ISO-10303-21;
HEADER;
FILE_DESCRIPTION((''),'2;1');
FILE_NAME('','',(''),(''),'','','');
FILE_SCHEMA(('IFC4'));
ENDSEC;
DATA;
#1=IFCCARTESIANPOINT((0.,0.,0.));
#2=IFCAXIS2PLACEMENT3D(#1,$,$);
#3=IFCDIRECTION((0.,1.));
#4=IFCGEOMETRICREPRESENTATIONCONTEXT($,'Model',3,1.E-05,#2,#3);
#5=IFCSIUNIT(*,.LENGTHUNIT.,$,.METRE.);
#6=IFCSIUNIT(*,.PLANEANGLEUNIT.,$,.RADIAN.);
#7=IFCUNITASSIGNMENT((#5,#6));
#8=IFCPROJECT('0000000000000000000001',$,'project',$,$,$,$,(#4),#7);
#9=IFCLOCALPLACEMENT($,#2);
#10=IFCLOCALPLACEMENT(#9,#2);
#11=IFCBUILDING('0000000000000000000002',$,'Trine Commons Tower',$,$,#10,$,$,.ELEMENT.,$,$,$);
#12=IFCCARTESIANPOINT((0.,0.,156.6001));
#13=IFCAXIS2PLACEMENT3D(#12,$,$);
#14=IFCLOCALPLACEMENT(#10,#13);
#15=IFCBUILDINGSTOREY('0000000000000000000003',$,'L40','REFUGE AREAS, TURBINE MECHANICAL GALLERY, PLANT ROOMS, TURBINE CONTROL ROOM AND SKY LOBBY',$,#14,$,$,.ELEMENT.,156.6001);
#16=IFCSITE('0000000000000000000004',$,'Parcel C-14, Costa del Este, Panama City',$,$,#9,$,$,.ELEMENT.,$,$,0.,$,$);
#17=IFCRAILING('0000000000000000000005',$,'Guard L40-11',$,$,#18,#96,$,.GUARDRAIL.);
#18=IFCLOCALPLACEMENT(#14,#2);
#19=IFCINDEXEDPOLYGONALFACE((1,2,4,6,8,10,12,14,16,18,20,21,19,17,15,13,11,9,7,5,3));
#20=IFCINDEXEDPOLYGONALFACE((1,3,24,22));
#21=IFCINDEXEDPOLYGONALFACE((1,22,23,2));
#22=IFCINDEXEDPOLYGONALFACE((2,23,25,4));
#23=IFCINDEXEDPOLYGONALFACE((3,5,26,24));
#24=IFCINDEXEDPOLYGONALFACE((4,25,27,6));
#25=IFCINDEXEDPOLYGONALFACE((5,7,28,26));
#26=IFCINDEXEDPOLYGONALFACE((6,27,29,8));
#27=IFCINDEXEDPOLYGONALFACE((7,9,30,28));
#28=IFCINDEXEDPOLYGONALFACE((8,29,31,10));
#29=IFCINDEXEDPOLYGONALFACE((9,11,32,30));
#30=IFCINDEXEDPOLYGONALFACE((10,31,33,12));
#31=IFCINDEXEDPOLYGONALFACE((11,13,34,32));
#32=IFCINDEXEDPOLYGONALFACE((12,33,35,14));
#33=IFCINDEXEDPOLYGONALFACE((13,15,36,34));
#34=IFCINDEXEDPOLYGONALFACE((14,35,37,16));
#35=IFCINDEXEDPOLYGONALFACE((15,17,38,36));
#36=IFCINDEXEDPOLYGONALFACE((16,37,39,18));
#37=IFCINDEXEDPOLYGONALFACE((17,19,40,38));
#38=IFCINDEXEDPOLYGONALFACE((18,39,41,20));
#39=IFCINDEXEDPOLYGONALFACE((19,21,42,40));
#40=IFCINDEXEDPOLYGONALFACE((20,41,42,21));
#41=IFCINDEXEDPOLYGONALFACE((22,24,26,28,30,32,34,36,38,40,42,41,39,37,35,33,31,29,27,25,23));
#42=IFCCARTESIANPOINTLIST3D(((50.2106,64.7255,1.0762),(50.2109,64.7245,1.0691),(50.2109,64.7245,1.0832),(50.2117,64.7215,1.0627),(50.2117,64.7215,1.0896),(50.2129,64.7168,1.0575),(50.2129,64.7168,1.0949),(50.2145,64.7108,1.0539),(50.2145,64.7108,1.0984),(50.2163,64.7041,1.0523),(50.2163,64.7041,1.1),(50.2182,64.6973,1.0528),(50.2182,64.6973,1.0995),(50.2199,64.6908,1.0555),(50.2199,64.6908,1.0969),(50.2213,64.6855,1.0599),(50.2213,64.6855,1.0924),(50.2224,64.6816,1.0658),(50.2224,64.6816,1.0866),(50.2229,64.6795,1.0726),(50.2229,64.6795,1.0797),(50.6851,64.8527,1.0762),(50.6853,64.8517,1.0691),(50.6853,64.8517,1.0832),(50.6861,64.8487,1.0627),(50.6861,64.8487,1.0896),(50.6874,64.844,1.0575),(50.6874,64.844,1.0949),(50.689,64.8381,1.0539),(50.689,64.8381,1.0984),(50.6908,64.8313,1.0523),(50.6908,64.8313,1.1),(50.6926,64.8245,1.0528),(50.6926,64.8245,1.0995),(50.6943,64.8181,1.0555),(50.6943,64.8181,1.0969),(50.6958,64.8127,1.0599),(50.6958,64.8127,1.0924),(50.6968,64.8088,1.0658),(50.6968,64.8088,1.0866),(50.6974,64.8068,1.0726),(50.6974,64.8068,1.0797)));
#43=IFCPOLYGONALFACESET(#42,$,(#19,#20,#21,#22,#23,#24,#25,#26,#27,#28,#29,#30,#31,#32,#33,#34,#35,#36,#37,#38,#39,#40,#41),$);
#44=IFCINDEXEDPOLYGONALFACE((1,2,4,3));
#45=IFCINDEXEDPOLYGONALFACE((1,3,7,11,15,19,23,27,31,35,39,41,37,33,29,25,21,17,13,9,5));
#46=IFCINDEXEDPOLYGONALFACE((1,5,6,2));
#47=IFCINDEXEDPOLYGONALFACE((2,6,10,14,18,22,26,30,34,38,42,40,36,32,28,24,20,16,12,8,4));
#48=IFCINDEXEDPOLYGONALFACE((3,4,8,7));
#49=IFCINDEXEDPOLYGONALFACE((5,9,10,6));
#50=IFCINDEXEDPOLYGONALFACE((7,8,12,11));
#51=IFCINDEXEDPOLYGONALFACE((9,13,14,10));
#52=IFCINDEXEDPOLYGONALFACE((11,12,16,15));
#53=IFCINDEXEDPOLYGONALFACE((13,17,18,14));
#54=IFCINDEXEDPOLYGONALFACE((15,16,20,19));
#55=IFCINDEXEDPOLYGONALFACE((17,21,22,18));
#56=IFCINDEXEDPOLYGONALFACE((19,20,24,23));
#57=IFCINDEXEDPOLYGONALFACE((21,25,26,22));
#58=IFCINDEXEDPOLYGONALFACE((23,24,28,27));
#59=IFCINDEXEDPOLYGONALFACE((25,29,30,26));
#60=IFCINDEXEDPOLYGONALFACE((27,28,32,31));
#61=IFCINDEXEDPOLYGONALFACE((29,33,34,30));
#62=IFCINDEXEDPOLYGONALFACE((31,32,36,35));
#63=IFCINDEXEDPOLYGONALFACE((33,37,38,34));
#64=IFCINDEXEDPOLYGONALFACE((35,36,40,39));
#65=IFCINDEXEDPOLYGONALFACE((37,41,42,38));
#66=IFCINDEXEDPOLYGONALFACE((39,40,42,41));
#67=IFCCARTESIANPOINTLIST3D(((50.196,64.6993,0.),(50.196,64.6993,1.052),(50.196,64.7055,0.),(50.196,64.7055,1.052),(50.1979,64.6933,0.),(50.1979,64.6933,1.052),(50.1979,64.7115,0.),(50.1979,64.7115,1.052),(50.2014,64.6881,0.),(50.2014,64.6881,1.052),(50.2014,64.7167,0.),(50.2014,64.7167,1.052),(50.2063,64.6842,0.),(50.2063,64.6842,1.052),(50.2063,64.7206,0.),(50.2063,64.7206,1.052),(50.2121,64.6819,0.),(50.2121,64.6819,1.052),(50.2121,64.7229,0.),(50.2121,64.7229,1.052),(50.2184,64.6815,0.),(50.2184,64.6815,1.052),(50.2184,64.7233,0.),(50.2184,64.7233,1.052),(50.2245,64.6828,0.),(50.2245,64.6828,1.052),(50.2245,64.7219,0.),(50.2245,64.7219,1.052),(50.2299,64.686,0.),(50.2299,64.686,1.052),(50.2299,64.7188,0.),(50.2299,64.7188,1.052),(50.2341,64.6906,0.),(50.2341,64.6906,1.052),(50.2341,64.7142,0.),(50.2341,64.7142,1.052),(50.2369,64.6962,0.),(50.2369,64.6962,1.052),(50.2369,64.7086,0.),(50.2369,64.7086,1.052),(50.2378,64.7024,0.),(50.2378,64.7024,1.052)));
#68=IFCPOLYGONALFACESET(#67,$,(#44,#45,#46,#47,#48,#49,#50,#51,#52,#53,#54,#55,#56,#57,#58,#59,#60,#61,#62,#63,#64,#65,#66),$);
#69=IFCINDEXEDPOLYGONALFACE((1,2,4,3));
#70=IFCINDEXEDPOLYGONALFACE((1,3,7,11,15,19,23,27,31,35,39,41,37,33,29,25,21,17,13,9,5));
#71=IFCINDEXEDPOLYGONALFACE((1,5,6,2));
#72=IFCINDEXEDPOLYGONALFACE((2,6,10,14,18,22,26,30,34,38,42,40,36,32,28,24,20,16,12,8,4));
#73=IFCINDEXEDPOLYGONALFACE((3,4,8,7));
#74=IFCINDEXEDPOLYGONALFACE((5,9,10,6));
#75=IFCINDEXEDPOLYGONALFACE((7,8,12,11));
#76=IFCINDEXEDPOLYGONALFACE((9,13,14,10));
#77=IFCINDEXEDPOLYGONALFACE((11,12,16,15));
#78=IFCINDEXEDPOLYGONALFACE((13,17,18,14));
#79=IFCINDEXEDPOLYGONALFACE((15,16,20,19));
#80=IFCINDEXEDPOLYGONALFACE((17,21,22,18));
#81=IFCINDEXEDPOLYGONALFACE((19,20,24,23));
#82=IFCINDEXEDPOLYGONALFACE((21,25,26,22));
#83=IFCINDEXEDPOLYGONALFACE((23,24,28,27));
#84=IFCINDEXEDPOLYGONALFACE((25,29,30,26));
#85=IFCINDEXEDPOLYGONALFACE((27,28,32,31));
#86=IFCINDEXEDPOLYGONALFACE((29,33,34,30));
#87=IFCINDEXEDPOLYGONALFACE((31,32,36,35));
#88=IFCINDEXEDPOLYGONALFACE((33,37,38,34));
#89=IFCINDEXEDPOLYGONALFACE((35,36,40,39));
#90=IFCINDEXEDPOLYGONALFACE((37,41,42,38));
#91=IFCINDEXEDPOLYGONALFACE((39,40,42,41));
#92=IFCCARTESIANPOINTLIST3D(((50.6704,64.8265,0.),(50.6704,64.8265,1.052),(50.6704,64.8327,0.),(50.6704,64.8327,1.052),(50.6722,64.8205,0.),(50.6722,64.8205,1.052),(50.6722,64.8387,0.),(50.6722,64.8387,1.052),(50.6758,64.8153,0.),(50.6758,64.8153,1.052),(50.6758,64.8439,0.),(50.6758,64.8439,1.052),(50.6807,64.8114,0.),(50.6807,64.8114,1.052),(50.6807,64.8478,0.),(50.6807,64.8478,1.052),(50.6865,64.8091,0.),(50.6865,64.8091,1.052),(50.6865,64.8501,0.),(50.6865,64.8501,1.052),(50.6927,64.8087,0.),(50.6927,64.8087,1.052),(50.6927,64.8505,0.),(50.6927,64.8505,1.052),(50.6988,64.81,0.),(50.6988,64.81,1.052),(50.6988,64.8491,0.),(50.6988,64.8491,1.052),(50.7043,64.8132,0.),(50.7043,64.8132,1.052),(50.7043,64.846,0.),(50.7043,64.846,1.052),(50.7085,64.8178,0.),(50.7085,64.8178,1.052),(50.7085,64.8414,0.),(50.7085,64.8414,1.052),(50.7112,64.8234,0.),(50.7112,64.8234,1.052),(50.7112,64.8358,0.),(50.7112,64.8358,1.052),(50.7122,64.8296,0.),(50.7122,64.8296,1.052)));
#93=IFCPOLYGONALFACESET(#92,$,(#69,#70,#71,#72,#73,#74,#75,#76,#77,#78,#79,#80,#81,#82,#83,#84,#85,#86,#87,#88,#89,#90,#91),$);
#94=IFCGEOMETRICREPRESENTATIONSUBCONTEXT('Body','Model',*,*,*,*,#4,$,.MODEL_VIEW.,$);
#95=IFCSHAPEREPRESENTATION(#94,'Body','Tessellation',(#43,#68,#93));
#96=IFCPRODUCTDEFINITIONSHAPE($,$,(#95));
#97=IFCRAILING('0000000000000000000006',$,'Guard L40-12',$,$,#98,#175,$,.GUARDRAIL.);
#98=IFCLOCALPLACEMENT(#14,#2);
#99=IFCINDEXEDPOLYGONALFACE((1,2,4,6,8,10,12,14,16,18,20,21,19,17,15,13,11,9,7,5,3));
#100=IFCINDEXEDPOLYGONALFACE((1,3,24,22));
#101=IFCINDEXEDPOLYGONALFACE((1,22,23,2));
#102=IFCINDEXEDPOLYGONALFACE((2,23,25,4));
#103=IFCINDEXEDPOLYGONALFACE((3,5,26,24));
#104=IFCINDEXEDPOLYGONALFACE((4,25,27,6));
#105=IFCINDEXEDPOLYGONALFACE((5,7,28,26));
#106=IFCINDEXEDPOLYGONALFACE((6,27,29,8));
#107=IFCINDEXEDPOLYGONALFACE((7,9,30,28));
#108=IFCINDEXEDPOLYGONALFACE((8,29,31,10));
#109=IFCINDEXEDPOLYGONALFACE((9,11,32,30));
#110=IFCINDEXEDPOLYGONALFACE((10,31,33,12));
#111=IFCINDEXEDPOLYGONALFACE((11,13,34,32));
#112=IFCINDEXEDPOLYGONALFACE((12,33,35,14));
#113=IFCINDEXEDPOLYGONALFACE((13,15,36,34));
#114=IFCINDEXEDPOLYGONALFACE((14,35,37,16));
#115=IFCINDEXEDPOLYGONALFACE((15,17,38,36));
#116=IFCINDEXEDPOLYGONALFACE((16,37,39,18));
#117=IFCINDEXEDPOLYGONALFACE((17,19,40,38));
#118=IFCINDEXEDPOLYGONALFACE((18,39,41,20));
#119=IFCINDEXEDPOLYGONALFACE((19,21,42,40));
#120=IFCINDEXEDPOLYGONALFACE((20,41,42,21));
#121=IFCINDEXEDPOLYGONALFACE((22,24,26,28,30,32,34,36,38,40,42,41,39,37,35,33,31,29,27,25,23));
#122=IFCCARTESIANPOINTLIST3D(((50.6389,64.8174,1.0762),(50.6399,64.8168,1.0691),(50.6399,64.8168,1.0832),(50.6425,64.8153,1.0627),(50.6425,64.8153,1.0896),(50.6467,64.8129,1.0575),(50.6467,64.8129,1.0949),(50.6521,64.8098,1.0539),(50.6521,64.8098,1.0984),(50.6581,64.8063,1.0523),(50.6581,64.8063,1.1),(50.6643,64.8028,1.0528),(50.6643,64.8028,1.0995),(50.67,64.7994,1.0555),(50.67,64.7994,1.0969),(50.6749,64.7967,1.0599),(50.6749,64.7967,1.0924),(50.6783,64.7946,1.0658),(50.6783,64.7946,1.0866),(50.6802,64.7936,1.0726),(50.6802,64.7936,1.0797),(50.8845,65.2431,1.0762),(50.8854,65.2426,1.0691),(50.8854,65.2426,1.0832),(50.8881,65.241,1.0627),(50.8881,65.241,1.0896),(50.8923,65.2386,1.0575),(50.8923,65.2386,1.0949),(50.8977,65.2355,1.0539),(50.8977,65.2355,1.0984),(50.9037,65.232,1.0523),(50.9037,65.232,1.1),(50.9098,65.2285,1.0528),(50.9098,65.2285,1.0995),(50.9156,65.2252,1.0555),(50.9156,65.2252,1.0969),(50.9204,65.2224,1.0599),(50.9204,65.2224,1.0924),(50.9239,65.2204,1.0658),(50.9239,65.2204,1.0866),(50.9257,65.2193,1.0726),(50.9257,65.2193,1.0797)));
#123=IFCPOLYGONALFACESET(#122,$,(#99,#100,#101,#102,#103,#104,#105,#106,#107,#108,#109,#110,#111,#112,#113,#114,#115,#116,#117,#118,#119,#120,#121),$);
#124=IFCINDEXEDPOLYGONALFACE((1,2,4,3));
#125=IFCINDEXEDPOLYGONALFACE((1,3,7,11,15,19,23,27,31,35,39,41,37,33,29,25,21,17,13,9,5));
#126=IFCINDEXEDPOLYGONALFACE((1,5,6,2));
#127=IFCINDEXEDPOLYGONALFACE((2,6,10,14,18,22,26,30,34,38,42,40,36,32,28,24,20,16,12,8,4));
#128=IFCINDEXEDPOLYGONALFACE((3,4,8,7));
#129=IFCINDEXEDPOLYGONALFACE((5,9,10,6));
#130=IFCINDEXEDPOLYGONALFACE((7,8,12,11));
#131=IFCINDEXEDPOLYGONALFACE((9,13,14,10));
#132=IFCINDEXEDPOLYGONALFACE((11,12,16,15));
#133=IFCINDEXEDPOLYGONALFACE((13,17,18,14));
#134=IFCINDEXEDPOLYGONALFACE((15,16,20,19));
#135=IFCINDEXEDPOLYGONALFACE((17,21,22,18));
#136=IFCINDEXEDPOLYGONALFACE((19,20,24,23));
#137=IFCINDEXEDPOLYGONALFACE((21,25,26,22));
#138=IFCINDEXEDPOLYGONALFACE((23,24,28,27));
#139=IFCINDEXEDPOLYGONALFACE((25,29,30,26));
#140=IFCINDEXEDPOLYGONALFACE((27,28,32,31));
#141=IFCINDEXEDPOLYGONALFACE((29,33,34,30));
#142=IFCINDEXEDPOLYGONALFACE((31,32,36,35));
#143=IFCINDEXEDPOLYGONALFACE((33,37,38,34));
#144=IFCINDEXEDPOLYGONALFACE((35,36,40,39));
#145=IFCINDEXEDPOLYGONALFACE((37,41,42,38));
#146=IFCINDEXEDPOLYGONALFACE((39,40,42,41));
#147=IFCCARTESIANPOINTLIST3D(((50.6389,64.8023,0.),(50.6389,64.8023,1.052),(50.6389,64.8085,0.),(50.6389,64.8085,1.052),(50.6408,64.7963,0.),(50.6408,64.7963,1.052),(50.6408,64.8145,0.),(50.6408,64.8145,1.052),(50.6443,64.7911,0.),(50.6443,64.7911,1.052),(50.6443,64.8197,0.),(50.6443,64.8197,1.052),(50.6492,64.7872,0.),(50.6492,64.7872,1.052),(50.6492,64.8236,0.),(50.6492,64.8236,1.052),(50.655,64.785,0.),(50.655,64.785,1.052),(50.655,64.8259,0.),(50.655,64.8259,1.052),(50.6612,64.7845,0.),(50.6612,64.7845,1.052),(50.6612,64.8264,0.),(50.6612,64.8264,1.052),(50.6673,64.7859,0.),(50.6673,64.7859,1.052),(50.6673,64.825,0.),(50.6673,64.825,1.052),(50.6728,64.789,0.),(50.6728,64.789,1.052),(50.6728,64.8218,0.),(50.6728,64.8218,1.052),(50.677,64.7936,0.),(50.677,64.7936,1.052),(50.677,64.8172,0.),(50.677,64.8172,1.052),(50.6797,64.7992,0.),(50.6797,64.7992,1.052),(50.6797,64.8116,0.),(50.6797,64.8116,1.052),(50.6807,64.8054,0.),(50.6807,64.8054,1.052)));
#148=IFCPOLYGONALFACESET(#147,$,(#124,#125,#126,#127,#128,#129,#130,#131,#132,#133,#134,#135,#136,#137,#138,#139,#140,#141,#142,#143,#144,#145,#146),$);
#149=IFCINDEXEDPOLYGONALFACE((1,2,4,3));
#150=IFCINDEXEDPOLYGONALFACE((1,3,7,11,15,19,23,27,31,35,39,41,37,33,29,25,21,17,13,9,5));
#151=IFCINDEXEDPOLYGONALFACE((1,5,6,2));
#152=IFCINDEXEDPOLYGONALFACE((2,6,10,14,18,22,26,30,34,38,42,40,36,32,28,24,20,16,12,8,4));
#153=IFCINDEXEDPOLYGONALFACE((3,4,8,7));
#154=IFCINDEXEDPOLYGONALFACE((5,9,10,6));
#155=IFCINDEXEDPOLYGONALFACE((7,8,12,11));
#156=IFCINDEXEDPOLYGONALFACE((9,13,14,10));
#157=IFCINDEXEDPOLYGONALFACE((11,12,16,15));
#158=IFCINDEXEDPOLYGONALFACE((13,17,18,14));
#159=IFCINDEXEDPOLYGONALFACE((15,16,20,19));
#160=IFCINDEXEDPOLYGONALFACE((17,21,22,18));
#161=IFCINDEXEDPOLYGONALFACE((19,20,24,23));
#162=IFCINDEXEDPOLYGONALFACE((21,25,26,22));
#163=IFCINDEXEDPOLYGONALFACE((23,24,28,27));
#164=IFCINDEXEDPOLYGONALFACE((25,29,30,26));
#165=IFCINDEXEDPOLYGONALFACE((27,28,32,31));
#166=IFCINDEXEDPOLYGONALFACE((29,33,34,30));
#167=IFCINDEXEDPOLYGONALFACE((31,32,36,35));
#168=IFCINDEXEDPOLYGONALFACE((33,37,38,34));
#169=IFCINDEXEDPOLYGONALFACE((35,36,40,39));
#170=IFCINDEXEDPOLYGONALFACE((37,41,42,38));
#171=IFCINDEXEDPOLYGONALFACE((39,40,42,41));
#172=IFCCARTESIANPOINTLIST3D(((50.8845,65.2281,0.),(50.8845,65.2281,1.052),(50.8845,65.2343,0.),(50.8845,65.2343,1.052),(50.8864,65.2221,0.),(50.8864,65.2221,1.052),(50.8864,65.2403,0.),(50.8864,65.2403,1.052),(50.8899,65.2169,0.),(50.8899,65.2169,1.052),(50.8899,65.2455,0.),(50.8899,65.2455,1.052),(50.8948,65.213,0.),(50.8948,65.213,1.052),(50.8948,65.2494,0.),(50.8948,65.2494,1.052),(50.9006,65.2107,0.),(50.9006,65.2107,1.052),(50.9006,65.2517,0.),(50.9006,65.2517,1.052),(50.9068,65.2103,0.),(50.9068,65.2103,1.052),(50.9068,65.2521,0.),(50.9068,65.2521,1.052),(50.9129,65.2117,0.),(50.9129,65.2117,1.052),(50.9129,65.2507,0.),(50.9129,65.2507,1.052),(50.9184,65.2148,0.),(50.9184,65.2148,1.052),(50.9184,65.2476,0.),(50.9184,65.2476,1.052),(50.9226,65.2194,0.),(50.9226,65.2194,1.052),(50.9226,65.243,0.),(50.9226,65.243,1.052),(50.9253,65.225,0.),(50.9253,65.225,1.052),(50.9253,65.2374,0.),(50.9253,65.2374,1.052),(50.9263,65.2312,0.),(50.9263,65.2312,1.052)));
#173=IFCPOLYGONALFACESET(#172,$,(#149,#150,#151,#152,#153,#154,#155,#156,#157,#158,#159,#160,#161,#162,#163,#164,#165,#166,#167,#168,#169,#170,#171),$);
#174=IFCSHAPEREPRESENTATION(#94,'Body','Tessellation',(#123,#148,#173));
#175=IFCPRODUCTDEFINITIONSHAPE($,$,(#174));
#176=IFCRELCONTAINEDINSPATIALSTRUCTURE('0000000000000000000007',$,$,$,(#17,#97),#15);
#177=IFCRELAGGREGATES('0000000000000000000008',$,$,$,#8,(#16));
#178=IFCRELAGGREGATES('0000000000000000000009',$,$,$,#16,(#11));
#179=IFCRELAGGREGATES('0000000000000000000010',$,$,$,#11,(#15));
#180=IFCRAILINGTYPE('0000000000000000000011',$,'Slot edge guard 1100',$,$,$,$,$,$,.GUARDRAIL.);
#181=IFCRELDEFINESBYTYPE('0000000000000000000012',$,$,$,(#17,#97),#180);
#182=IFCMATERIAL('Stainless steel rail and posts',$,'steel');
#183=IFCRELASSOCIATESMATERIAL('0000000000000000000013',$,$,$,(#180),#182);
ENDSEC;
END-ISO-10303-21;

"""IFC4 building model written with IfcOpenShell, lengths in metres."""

from ifc_helpers import new_model, si_unit, direction, frame, origin, origin_2d, place, context, subcontext, project, spatial, circle, extrude, material, type_object, element, save


model = new_model("IFC4")

# Units and contexts
model_context = context("Model", 3, precision=1e-05, world=origin(), true_north=direction((0.0, 1.0)))
body_context = subcontext(model_context, "Body", "Model", "MODEL_VIEW")
ifc_project = project(units=[si_unit("LENGTHUNIT", "METRE"), si_unit("PLANEANGLEUNIT", "RADIAN")], contexts=[model_context])

# Site, building, storey
site_placement = place(None, origin())
site = spatial("IfcSite", under=ifc_project, at=site_placement, Name="Parcel C-14, Costa del Este, Panama City", CompositionType="ELEMENT", RefElevation=0.0)
building_placement = place(site_placement, origin())
building = spatial("IfcBuilding", under=site, at=building_placement, Name="Trine Commons Tower", CompositionType="ELEMENT")
storey_placement = place(building_placement, frame((0.0, 0.0, 156.6001)))
storey = spatial("IfcBuildingStorey", under=building, at=storey_placement, Name="L40", Description="REFUGE AREAS, TURBINE MECHANICAL GALLERY, PLANT ROOMS, TURBINE CONTROL ROOM AND SKY LOBBY", CompositionType="ELEMENT", Elevation=156.6001)

# Railings
ifc_material_1 = material(Name="Stainless steel rail and posts", Category="steel")
railing_type = type_object("IfcRailingType", Name="Slot edge guard 1100", PredefinedType="GUARDRAIL", material=ifc_material_1)
railing_1_placement = place(storey_placement, frame((50.2168, 64.7024, 0.0)))
element("IfcRailing", 1, at=railing_1_placement, inside=storey, type_object=railing_type, Name="Guard L40-11", PredefinedType="GUARDRAIL", context=body_context, shape_type="SweptSolid", body=[
    extrude(circle(Radius=0.0239, at=origin_2d()), frame((0.0, 0.0, 1.0762), z_axis=(0.965879, 0.258993, 0.0), x_axis=(-0.258993, 0.965879, 0.0)), (0.0, 0.0, 1.0), 0.4912),
    extrude(circle(Radius=0.021, at=origin_2d()), origin(), (0.0, 0.0, 1.0), 1.052),
    extrude(circle(Radius=0.021, at=origin_2d()), frame((0.4744, 0.1272, 0.0)), (0.0, 0.0, 1.0), 1.052),
])
railing_2_placement = place(storey_placement, frame((50.6597, 64.8054, 0.0)))
element("IfcRailing", 2, at=railing_2_placement, inside=storey, type_object=railing_type, Name="Guard L40-12", PredefinedType="GUARDRAIL", context=body_context, shape_type="SweptSolid", body=[
    extrude(circle(Radius=0.0239, at=origin_2d()), frame((0.0, 0.0, 1.0762), z_axis=(0.499665, 0.866219, 0.0), x_axis=(-0.866219, 0.499665, 0.0)), (0.0, 0.0, 1.0), 0.4915),
    extrude(circle(Radius=0.021, at=origin_2d()), origin(), (0.0, 0.0, 1.0), 1.052),
    extrude(circle(Radius=0.021, at=origin_2d()), frame((0.2456, 0.4258, 0.0)), (0.0, 0.0, 1.0), 1.052),
])

save(model, "model.ifc")
